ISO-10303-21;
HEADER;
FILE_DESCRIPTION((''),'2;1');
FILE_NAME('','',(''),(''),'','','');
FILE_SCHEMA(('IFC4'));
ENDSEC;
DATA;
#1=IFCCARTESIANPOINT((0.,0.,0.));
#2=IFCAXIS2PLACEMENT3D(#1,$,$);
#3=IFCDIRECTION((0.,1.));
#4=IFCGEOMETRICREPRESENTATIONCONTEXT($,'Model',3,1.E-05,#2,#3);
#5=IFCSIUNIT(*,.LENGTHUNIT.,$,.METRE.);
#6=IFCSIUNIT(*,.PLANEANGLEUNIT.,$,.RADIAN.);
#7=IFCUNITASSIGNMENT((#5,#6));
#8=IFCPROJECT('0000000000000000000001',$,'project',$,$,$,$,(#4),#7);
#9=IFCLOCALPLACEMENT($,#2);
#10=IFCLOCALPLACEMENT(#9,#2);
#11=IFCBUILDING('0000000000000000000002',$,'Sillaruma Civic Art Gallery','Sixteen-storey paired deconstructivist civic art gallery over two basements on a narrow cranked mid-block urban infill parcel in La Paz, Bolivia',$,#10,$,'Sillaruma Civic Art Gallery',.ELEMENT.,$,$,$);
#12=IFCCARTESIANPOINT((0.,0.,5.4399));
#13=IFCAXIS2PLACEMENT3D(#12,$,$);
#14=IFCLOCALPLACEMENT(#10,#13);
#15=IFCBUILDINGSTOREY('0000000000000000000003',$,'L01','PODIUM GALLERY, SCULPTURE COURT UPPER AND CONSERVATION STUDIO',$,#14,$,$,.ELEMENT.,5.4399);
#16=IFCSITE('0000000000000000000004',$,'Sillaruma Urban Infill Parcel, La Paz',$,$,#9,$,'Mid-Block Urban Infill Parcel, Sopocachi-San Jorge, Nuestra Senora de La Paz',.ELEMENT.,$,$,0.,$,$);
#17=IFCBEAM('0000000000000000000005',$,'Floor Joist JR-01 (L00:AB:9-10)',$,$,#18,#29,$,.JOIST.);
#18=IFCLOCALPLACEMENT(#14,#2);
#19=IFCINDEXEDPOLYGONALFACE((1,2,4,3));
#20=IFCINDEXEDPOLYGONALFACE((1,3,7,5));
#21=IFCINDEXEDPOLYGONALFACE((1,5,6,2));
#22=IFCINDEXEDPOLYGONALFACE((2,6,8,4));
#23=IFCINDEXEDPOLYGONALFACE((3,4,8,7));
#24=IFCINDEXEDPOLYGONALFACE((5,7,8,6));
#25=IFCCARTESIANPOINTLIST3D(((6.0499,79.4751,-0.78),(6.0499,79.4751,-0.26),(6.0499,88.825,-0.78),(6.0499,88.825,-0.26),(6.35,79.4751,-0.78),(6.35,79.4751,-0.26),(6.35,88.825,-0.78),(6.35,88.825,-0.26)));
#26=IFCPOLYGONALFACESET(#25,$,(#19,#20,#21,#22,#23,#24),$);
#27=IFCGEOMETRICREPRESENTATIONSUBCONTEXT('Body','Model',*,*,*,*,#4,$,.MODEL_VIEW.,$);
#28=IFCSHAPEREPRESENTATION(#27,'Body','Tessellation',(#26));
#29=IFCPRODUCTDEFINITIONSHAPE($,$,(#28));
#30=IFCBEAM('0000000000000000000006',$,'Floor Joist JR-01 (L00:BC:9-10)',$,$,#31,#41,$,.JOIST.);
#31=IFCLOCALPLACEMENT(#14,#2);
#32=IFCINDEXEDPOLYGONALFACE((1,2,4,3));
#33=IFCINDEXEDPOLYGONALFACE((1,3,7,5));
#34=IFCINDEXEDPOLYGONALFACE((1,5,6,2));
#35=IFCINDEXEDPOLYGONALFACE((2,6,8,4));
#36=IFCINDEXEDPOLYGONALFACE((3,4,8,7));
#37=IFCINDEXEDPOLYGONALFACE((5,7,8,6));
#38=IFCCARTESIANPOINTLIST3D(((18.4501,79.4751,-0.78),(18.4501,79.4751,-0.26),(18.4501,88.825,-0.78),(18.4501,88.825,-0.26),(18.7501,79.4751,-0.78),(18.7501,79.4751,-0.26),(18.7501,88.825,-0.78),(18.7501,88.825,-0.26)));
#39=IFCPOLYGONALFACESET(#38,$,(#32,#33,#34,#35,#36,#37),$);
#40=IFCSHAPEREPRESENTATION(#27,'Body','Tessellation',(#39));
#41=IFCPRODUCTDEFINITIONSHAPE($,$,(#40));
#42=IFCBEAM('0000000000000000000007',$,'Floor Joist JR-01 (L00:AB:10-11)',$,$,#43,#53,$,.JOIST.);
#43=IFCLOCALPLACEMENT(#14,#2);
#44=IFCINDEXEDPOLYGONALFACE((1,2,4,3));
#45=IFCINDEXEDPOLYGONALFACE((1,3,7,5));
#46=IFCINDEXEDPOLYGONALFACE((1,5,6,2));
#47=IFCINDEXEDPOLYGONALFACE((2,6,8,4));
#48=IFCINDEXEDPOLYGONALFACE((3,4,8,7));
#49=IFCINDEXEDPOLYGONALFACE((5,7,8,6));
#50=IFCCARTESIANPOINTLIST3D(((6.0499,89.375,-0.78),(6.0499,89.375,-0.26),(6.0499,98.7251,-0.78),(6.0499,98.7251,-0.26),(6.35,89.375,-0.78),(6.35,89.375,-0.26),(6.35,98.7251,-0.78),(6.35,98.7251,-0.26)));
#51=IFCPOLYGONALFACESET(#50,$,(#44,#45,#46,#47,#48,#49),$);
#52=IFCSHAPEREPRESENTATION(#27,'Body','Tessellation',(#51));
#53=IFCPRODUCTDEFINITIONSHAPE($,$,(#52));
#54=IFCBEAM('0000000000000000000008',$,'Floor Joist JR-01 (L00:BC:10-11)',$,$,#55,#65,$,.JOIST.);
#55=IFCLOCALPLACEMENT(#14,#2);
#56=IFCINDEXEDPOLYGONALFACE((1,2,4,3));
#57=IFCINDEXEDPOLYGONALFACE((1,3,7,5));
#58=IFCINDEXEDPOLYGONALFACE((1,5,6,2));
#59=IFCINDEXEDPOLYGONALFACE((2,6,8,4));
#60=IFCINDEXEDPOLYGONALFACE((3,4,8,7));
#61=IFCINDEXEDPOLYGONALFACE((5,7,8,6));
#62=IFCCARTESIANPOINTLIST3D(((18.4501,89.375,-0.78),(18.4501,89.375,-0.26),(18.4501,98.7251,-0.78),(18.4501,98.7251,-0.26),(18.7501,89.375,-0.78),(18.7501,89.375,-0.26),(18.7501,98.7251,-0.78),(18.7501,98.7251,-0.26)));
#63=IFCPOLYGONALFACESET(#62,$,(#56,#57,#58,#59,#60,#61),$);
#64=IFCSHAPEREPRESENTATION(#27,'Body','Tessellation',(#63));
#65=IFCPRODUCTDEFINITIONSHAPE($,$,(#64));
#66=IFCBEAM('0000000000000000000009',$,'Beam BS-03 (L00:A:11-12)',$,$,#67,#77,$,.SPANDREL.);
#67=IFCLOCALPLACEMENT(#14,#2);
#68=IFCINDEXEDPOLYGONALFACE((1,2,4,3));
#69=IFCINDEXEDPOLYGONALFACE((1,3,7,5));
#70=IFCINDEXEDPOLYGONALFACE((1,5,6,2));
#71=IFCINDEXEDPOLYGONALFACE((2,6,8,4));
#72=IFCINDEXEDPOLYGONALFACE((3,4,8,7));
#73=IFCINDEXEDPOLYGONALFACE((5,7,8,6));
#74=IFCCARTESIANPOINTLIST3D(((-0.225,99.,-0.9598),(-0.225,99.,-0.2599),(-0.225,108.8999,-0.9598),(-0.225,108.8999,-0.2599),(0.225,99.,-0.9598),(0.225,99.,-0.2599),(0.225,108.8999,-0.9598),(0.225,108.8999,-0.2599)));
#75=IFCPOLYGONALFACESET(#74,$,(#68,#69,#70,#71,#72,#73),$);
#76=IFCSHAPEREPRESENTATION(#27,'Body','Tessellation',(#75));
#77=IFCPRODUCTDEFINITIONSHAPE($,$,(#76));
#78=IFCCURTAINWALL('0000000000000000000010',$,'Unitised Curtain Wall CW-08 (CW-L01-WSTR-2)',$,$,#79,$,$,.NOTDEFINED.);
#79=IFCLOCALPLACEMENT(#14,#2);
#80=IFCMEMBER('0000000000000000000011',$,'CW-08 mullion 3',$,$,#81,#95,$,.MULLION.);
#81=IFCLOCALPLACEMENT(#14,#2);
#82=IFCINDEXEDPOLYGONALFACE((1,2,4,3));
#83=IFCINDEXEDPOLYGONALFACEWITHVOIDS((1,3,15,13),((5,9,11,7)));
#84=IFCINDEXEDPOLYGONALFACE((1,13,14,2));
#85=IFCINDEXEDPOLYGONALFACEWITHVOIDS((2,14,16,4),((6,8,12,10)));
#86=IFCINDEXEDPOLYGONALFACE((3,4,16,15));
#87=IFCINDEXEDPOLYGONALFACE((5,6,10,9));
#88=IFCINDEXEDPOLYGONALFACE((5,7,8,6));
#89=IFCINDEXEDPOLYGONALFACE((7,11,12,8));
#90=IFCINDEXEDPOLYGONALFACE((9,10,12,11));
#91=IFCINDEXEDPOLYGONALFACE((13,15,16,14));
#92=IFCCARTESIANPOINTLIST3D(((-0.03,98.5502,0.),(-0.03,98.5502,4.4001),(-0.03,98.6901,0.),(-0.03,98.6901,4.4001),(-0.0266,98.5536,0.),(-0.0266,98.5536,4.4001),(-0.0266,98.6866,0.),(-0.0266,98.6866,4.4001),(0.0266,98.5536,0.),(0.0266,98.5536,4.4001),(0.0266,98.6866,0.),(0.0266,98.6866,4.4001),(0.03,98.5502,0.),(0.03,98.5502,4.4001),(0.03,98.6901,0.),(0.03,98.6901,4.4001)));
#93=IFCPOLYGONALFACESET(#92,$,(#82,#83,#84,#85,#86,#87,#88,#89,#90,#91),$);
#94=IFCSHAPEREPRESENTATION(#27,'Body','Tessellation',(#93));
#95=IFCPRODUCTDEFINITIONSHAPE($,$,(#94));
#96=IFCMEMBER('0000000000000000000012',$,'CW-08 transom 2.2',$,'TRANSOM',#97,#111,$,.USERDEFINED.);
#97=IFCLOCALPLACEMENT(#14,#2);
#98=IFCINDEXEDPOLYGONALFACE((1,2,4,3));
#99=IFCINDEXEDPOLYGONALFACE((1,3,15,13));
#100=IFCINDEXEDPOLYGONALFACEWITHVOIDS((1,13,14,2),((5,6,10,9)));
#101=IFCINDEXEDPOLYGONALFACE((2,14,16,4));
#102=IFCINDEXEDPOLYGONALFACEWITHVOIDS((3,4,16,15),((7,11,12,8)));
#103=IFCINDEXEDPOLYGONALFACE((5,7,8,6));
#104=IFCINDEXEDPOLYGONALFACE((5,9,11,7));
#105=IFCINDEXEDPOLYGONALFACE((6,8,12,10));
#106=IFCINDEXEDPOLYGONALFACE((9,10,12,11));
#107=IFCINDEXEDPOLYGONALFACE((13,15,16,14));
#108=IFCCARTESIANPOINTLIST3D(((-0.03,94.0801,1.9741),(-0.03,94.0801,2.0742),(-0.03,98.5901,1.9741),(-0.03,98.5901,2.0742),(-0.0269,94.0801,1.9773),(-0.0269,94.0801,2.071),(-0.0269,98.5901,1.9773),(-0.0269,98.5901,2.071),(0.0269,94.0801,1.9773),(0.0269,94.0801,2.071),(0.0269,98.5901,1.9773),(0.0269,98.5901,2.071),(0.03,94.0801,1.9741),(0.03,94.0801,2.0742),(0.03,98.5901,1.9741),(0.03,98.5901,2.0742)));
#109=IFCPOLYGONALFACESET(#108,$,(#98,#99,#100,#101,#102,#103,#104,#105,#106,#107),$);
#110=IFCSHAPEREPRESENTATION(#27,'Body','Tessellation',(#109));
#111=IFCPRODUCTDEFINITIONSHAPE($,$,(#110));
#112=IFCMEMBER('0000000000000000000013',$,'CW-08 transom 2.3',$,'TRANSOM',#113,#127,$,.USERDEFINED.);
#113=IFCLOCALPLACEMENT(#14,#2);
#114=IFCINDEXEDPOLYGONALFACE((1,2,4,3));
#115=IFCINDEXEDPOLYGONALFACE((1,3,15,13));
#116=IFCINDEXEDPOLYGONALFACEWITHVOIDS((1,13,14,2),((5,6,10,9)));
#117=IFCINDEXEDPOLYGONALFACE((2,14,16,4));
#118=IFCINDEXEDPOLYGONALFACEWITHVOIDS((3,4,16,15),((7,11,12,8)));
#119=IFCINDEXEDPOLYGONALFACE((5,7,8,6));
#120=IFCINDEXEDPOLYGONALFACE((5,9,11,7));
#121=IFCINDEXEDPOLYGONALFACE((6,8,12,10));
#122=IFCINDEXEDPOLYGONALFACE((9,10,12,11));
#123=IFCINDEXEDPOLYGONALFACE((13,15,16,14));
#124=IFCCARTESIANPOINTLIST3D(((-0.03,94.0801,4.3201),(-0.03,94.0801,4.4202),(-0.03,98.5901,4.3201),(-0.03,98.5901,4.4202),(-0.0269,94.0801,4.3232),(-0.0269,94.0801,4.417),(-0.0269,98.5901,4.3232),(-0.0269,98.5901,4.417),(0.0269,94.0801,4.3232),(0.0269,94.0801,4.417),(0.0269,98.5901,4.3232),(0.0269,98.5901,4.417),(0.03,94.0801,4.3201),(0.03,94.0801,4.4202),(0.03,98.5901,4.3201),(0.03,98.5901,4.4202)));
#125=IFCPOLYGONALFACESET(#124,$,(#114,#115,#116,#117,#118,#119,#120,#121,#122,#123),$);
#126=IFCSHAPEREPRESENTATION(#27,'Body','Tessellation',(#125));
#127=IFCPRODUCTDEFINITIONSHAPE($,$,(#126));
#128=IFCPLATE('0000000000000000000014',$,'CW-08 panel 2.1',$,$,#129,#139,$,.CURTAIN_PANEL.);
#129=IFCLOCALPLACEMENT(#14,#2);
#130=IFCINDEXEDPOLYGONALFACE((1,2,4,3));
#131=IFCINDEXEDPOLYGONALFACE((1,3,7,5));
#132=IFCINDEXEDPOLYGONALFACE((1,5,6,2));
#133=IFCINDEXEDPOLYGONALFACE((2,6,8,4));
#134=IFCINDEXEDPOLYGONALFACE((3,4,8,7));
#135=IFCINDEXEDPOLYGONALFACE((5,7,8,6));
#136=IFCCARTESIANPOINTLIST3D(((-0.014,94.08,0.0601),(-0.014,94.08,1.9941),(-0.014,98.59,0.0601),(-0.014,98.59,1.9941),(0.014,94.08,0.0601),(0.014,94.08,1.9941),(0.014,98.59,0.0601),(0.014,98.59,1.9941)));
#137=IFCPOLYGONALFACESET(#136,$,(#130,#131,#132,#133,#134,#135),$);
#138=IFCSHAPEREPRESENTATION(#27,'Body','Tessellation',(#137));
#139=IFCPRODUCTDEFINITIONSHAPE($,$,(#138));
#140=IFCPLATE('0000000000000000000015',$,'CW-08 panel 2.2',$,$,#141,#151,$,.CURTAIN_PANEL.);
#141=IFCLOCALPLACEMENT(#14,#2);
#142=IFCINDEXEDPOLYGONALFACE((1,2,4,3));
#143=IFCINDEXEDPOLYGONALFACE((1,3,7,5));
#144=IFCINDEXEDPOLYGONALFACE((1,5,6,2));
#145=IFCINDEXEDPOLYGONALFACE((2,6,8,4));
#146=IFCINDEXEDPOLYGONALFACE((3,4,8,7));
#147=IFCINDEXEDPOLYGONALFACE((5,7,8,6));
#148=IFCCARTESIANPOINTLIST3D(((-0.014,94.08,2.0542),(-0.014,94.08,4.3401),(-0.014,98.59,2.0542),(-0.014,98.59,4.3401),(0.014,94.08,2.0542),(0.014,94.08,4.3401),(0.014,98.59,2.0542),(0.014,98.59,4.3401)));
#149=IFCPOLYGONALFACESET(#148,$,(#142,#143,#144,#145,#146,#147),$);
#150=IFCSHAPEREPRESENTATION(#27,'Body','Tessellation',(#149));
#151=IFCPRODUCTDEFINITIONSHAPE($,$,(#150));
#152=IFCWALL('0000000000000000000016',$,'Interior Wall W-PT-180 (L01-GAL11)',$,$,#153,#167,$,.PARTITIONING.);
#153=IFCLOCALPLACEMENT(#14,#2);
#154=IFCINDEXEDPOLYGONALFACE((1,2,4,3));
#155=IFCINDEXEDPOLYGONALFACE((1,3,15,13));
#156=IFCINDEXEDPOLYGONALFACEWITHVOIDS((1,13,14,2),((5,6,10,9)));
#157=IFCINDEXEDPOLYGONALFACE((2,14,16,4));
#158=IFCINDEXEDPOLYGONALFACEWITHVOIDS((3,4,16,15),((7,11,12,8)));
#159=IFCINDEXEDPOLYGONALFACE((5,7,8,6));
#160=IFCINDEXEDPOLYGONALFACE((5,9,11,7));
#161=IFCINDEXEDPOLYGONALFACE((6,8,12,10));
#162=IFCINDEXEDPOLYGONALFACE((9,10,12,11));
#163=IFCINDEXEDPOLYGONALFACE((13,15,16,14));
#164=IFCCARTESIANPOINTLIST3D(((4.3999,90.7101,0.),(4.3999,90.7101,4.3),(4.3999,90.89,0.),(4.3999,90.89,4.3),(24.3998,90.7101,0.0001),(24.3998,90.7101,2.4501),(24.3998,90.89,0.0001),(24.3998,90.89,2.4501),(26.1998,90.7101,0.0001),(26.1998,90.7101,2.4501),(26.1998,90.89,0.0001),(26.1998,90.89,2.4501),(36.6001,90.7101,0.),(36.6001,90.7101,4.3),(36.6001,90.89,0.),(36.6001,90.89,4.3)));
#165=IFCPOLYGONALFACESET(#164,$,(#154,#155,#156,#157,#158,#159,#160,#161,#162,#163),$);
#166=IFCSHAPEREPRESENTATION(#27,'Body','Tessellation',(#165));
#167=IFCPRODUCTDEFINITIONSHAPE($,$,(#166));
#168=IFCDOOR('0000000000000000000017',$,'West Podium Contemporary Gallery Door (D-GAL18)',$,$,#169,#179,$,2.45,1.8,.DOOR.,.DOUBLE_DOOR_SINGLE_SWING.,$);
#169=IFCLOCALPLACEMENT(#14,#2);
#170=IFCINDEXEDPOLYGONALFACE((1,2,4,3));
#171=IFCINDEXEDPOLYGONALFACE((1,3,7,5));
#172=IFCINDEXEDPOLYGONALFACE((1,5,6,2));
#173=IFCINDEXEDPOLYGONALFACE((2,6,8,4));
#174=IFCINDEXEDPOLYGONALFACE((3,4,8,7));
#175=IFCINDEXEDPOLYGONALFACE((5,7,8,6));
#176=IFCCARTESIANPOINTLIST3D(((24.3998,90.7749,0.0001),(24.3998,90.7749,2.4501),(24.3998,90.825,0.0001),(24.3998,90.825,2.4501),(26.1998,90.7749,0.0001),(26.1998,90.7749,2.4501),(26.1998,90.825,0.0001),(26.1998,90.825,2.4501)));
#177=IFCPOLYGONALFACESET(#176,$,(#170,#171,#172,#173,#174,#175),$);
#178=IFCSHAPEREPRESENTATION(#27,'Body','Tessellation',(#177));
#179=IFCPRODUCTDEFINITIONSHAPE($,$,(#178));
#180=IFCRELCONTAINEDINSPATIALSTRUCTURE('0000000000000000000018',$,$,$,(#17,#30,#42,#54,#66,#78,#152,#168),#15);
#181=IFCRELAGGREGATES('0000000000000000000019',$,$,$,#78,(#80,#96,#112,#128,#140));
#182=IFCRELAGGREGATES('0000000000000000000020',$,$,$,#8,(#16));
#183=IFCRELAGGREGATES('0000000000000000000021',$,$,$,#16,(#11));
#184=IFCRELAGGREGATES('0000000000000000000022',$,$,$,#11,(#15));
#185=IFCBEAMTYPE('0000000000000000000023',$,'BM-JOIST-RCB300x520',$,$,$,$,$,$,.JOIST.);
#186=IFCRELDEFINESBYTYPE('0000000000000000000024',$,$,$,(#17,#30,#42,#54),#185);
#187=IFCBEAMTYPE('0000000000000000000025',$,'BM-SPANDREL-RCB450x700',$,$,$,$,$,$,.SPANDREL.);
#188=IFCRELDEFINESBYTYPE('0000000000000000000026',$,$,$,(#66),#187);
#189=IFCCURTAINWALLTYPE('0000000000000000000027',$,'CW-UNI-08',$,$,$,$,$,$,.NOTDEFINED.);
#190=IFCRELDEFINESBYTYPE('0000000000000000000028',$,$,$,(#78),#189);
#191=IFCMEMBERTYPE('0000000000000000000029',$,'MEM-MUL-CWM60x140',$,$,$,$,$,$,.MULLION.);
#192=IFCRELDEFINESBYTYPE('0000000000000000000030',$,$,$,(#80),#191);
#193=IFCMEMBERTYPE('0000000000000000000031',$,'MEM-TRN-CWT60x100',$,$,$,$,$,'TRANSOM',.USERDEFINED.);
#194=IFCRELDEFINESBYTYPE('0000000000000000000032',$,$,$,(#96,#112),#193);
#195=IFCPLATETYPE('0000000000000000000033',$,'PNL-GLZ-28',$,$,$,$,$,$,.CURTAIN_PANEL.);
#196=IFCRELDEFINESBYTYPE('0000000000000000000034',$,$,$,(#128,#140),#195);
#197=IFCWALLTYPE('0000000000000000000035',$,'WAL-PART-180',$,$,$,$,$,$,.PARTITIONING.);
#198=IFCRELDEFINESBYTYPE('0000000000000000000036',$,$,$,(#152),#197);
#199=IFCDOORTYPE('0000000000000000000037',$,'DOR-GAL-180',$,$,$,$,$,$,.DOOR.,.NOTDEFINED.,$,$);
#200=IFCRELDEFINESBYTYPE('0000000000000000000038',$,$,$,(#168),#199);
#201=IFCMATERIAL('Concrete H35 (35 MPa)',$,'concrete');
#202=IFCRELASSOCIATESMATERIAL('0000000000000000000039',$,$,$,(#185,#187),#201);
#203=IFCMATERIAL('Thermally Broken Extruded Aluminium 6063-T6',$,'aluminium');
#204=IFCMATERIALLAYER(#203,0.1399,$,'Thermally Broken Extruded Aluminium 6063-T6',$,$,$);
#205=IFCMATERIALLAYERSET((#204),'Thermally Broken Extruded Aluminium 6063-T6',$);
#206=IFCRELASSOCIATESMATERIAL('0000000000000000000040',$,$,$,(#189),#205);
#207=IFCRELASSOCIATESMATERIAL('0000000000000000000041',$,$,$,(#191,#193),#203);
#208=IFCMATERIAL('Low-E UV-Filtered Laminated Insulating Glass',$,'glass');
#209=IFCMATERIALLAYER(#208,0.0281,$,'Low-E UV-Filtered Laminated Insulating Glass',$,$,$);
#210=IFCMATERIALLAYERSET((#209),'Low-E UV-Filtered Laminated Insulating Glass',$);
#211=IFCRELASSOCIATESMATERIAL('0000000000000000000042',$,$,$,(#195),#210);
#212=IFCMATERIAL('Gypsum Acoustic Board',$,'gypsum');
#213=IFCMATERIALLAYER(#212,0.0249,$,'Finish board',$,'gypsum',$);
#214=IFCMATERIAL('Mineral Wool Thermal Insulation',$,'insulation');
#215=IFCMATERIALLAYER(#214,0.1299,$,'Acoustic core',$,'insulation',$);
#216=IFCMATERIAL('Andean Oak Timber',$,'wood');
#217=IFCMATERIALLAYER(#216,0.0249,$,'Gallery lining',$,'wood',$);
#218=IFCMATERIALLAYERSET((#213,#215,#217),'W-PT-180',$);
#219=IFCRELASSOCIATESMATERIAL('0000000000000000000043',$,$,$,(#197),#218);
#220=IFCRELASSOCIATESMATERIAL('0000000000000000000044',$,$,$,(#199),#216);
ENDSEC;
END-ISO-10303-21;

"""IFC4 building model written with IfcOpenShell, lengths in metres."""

from ifc_helpers import new_model, si_unit, direction, frame, frame_2d, origin, origin_2d, place, context, subcontext, project, spatial, rectangle, hollow_rectangle, extrude, material, layer, layer_set, material_profile, profile_set, type_object, element, fill, aggregate, save


model = new_model("IFC4")

# Units and contexts
model_context = context("Model", 3, precision=1e-05, world=origin(), true_north=direction((0.0, 1.0)))
body_context = subcontext(model_context, "Body", "Model", "MODEL_VIEW")
ifc_project = project(units=[si_unit("LENGTHUNIT", "METRE"), si_unit("PLANEANGLEUNIT", "RADIAN")], contexts=[model_context])

# Site, building, storey
site_placement = place(None, origin())
site = spatial("IfcSite", under=ifc_project, at=site_placement, Name="Sillaruma Urban Infill Parcel, La Paz", LongName="Mid-Block Urban Infill Parcel, Sopocachi-San Jorge, Nuestra Senora de La Paz", CompositionType="ELEMENT", RefElevation=0.0)
building_placement = place(site_placement, origin())
building = spatial("IfcBuilding", under=site, at=building_placement, Name="Sillaruma Civic Art Gallery", Description="Sixteen-storey paired deconstructivist civic art gallery over two basements on a narrow cranked mid-block urban infill parcel in La Paz, Bolivia", LongName="Sillaruma Civic Art Gallery", CompositionType="ELEMENT")
storey_placement = place(building_placement, frame((0.0, 0.0, 5.4399)))
storey = spatial("IfcBuildingStorey", under=building, at=storey_placement, Name="L01", Description="PODIUM GALLERY, SCULPTURE COURT UPPER AND CONSERVATION STUDIO", CompositionType="ELEMENT", Elevation=5.4399)

# Beams
ifc_material_1 = material(Name="Concrete H35 (35 MPa)", Category="concrete")
ifc_material_profile_1 = material_profile(ifc_material_1, rectangle(XDim=0.3, YDim=0.52, at=origin_2d()), Name="RCB300x520")
ifc_profile_set_1 = profile_set([ifc_material_profile_1], Name="Concrete H35 (35 MPa)")
beam_type_1 = type_object("IfcBeamType", Name="BM-JOIST-RCB300x520", PredefinedType="JOIST", material=ifc_profile_set_1)
for number, where, z_axis, x_axis, name in (
    (1, (6.2, 79.4751, -0.52), (0.0, 1.0, 0.0), (-1.0, 0.0, 0.0), "Floor Joist JR-01 (L00:AB:9-10)"),
    (2, (18.6001, 79.4751, -0.52), (0.0, 1.0, 0.0), (-1.0, 0.0, 0.0), "Floor Joist JR-01 (L00:BC:9-10)"),
):
    element("IfcBeam", number, at=place(storey_placement, frame(where, z_axis=z_axis, x_axis=x_axis)), inside=storey, type_object=beam_type_1, Name=name, PredefinedType="JOIST", context=body_context, shape_type="SweptSolid", body=[
        extrude(rectangle(XDim=0.3, YDim=0.52, at=origin_2d()), origin(), (0.0, 0.0, 1.0), 9.3499),
    ])
for number, where, z_axis, x_axis, name in (
    (3, (6.2, 89.375, -0.52), (0.0, 1.0, 0.0), (-1.0, 0.0, 0.0), "Floor Joist JR-01 (L00:AB:10-11)"),
    (4, (18.6001, 89.375, -0.52), (0.0, 1.0, 0.0), (-1.0, 0.0, 0.0), "Floor Joist JR-01 (L00:BC:10-11)"),
):
    element("IfcBeam", number, at=place(storey_placement, frame(where, z_axis=z_axis, x_axis=x_axis)), inside=storey, type_object=beam_type_1, Name=name, PredefinedType="JOIST", context=body_context, shape_type="SweptSolid", body=[
        extrude(rectangle(XDim=0.3, YDim=0.52, at=origin_2d()), origin(), (0.0, 0.0, 1.0), 9.3501),
    ])
ifc_material_profile_2 = material_profile(ifc_material_1, rectangle(XDim=0.45, YDim=0.7, at=origin_2d()), Name="RCB450x700")
ifc_profile_set_2 = profile_set([ifc_material_profile_2], Name="Concrete H35 (35 MPa)")
beam_type_2 = type_object("IfcBeamType", Name="BM-SPANDREL-RCB450x700", PredefinedType="SPANDREL", material=ifc_profile_set_2)
beam_1_placement = place(storey_placement, frame((0.0, 99.0, -0.6099), z_axis=(0.0, 1.0, 0.0), x_axis=(-1.0, 0.0, 0.0)))
element("IfcBeam", 5, at=beam_1_placement, inside=storey, type_object=beam_type_2, Name="Beam BS-03 (L00:A:11-12)", PredefinedType="SPANDREL", context=body_context, shape_type="SweptSolid", body=[
    extrude(rectangle(XDim=0.45, YDim=0.7, at=origin_2d()), origin(), (0.0, 0.0, 1.0), 9.8999),
])

# Curtain wall, members, plates
ifc_material_2 = material(Name="Thermally Broken Extruded Aluminium 6063-T6", Category="aluminium")
ifc_layer_1 = layer(ifc_material_2, 0.1399, Name="Thermally Broken Extruded Aluminium 6063-T6")
ifc_layer_set_1 = layer_set([ifc_layer_1], Name="Thermally Broken Extruded Aluminium 6063-T6")
curtain_wall_type = type_object("IfcCurtainWallType", Name="CW-UNI-08", PredefinedType="NOTDEFINED", material=ifc_layer_set_1)
curtain_wall_placement = place(storey_placement, origin())
curtain_wall = element("IfcCurtainWall", 6, at=curtain_wall_placement, inside=storey, type_object=curtain_wall_type, Name="Unitised Curtain Wall CW-08 (CW-L01-WSTR-2)", PredefinedType="NOTDEFINED")
ifc_material_profile_3 = material_profile(ifc_material_2, hollow_rectangle(XDim=0.0601, YDim=0.1399, WallThickness=0.0034, at=origin_2d()), Name="CWM60x140")
ifc_profile_set_3 = profile_set([ifc_material_profile_3], Name="Thermally Broken Extruded Aluminium 6063-T6")
member_type_1 = type_object("IfcMemberType", Name="MEM-MUL-CWM60x140", PredefinedType="MULLION", material=ifc_profile_set_3)
member_1_placement = place(storey_placement, frame((0.0, 98.6201, 0.0), z_axis=(0.0, 0.0, 1.0), x_axis=(-1.0, 0.0, 0.0)))
member_1 = element("IfcMember", 7, at=member_1_placement, type_object=member_type_1, Name="CW-08 mullion 3", PredefinedType="MULLION", context=body_context, shape_type="SweptSolid", body=[
    extrude(hollow_rectangle(XDim=0.0601, YDim=0.1399, WallThickness=0.0034, at=origin_2d()), origin(), (0.0, 0.0, 1.0), 4.4001),
])
ifc_material_profile_4 = material_profile(ifc_material_2, hollow_rectangle(XDim=0.0601, YDim=0.1001, WallThickness=0.0032, at=origin_2d()), Name="CWT60x100")
ifc_profile_set_4 = profile_set([ifc_material_profile_4], Name="Thermally Broken Extruded Aluminium 6063-T6")
member_type_2 = type_object("IfcMemberType", Name="MEM-TRN-CWT60x100", ElementType="TRANSOM", PredefinedType="USERDEFINED", material=ifc_profile_set_4)
member_2_placement = place(storey_placement, frame((0.0, 94.0801, 2.0242), z_axis=(0.0, 1.0, 0.0), x_axis=(-1.0, 0.0, 0.0)))
member_2 = element("IfcMember", 8, at=member_2_placement, type_object=member_type_2, Name="CW-08 transom 2.2", ObjectType="TRANSOM", PredefinedType="USERDEFINED", context=body_context, shape_type="SweptSolid", body=[
    extrude(hollow_rectangle(XDim=0.0601, YDim=0.1001, WallThickness=0.0032, at=origin_2d()), origin(), (0.0, 0.0, 1.0), 4.51),
])
member_3_placement = place(storey_placement, frame((0.0, 94.0801, 4.3701), z_axis=(0.0, 1.0, 0.0), x_axis=(-1.0, 0.0, 0.0)))
member_3 = element("IfcMember", 9, at=member_3_placement, type_object=member_type_2, Name="CW-08 transom 2.3", ObjectType="TRANSOM", PredefinedType="USERDEFINED", context=body_context, shape_type="SweptSolid", body=[
    extrude(hollow_rectangle(XDim=0.0601, YDim=0.1001, WallThickness=0.0032, at=origin_2d()), origin(), (0.0, 0.0, 1.0), 4.51),
])
ifc_material_3 = material(Name="Low-E UV-Filtered Laminated Insulating Glass", Category="glass")
ifc_layer_2 = layer(ifc_material_3, 0.0281, Name="Low-E UV-Filtered Laminated Insulating Glass")
ifc_layer_set_2 = layer_set([ifc_layer_2], Name="Low-E UV-Filtered Laminated Insulating Glass")
plate_type = type_object("IfcPlateType", Name="PNL-GLZ-28", PredefinedType="CURTAIN_PANEL", material=ifc_layer_set_2)
plate_1_placement = place(storey_placement, frame((0.0, 96.335, 0.0601), z_axis=(0.0, 0.0, 1.0), x_axis=(0.0, 1.0, 0.0)))
plate_1 = element("IfcPlate", 10, at=plate_1_placement, type_object=plate_type, Name="CW-08 panel 2.1", PredefinedType="CURTAIN_PANEL", context=body_context, shape_type="SweptSolid", body=[
    extrude(rectangle(XDim=4.51, YDim=0.0281, at=origin_2d()), origin(), (0.0, 0.0, 1.0), 1.9341),
])
plate_2_placement = place(storey_placement, frame((0.0, 96.335, 2.0542), z_axis=(0.0, 0.0, 1.0), x_axis=(0.0, 1.0, 0.0)))
plate_2 = element("IfcPlate", 11, at=plate_2_placement, type_object=plate_type, Name="CW-08 panel 2.2", PredefinedType="CURTAIN_PANEL", context=body_context, shape_type="SweptSolid", body=[
    extrude(rectangle(XDim=4.51, YDim=0.0281, at=origin_2d()), origin(), (0.0, 0.0, 1.0), 2.2859),
])
aggregate(curtain_wall, [member_1, member_2, member_3, plate_1, plate_2])

# Wall, opening, door
ifc_material_4 = material(Name="Gypsum Acoustic Board", Category="gypsum")
ifc_layer_3 = layer(ifc_material_4, 0.0249, Name="Finish board", Category="gypsum")
ifc_material_5 = material(Name="Mineral Wool Thermal Insulation", Category="insulation")
ifc_layer_4 = layer(ifc_material_5, 0.1299, Name="Acoustic core", Category="insulation")
ifc_material_6 = material(Name="Andean Oak Timber", Category="wood")
ifc_layer_5 = layer(ifc_material_6, 0.0249, Name="Gallery lining", Category="wood")
ifc_layer_set_3 = layer_set([ifc_layer_3, ifc_layer_4, ifc_layer_5], Name="W-PT-180")
wall_type = type_object("IfcWallType", Name="WAL-PART-180", PredefinedType="PARTITIONING", material=ifc_layer_set_3)
wall_placement = place(storey_placement, frame((4.3999, 90.8, 0.0), z_axis=(0.0, 0.0, 1.0), x_axis=(1.0, 0.0, 0.0)))
wall = element("IfcWall", 12, at=wall_placement, inside=storey, type_object=wall_type, Name="Interior Wall W-PT-180 (L01-GAL11)", PredefinedType="PARTITIONING", context=body_context, shape_type="SweptSolid", body=[
    extrude(rectangle(XDim=32.2002, YDim=0.1799, at=frame_2d((16.1001, 0.0))), origin(), (0.0, 0.0, 1.0), 4.3),
])
opening_placement = place(wall_placement, frame((20.0, 0.0, 0.0)))
opening = element("IfcOpeningElement", 13, at=opening_placement, cuts=wall, PredefinedType="OPENING", context=body_context, shape_type="SweptSolid", body=[
    extrude(rectangle(XDim=1.8, YDim=2.45, at=frame_2d((0.8999, 1.2251))), frame((0.0, 0.0999, 0.0), z_axis=(0.0, -1.0, 0.0), x_axis=(1.0, 0.0, 0.0)), (0.0, 0.0, 1.0), 0.2),
])
door_type = type_object("IfcDoorType", Name="DOR-GAL-180", OperationType="NOTDEFINED", PredefinedType="DOOR", material=ifc_material_6)
door_placement = place(opening_placement, origin())
door = element("IfcDoor", 14, at=door_placement, inside=storey, type_object=door_type, Name="West Podium Contemporary Gallery Door (D-GAL18)", OperationType="DOUBLE_DOOR_SINGLE_SWING", OverallHeight=2.45, OverallWidth=1.8, PredefinedType="DOOR", context=body_context, shape_type="SweptSolid", body=[
    extrude(rectangle(XDim=1.8, YDim=2.45, at=frame_2d((0.8999, 1.2251))), frame((0.0, 0.0249, 0.0), z_axis=(0.0, -1.0, 0.0), x_axis=(1.0, 0.0, 0.0)), (0.0, 0.0, 1.0), 0.05),
])
fill(opening, door)

save(model, "model.ifc")
